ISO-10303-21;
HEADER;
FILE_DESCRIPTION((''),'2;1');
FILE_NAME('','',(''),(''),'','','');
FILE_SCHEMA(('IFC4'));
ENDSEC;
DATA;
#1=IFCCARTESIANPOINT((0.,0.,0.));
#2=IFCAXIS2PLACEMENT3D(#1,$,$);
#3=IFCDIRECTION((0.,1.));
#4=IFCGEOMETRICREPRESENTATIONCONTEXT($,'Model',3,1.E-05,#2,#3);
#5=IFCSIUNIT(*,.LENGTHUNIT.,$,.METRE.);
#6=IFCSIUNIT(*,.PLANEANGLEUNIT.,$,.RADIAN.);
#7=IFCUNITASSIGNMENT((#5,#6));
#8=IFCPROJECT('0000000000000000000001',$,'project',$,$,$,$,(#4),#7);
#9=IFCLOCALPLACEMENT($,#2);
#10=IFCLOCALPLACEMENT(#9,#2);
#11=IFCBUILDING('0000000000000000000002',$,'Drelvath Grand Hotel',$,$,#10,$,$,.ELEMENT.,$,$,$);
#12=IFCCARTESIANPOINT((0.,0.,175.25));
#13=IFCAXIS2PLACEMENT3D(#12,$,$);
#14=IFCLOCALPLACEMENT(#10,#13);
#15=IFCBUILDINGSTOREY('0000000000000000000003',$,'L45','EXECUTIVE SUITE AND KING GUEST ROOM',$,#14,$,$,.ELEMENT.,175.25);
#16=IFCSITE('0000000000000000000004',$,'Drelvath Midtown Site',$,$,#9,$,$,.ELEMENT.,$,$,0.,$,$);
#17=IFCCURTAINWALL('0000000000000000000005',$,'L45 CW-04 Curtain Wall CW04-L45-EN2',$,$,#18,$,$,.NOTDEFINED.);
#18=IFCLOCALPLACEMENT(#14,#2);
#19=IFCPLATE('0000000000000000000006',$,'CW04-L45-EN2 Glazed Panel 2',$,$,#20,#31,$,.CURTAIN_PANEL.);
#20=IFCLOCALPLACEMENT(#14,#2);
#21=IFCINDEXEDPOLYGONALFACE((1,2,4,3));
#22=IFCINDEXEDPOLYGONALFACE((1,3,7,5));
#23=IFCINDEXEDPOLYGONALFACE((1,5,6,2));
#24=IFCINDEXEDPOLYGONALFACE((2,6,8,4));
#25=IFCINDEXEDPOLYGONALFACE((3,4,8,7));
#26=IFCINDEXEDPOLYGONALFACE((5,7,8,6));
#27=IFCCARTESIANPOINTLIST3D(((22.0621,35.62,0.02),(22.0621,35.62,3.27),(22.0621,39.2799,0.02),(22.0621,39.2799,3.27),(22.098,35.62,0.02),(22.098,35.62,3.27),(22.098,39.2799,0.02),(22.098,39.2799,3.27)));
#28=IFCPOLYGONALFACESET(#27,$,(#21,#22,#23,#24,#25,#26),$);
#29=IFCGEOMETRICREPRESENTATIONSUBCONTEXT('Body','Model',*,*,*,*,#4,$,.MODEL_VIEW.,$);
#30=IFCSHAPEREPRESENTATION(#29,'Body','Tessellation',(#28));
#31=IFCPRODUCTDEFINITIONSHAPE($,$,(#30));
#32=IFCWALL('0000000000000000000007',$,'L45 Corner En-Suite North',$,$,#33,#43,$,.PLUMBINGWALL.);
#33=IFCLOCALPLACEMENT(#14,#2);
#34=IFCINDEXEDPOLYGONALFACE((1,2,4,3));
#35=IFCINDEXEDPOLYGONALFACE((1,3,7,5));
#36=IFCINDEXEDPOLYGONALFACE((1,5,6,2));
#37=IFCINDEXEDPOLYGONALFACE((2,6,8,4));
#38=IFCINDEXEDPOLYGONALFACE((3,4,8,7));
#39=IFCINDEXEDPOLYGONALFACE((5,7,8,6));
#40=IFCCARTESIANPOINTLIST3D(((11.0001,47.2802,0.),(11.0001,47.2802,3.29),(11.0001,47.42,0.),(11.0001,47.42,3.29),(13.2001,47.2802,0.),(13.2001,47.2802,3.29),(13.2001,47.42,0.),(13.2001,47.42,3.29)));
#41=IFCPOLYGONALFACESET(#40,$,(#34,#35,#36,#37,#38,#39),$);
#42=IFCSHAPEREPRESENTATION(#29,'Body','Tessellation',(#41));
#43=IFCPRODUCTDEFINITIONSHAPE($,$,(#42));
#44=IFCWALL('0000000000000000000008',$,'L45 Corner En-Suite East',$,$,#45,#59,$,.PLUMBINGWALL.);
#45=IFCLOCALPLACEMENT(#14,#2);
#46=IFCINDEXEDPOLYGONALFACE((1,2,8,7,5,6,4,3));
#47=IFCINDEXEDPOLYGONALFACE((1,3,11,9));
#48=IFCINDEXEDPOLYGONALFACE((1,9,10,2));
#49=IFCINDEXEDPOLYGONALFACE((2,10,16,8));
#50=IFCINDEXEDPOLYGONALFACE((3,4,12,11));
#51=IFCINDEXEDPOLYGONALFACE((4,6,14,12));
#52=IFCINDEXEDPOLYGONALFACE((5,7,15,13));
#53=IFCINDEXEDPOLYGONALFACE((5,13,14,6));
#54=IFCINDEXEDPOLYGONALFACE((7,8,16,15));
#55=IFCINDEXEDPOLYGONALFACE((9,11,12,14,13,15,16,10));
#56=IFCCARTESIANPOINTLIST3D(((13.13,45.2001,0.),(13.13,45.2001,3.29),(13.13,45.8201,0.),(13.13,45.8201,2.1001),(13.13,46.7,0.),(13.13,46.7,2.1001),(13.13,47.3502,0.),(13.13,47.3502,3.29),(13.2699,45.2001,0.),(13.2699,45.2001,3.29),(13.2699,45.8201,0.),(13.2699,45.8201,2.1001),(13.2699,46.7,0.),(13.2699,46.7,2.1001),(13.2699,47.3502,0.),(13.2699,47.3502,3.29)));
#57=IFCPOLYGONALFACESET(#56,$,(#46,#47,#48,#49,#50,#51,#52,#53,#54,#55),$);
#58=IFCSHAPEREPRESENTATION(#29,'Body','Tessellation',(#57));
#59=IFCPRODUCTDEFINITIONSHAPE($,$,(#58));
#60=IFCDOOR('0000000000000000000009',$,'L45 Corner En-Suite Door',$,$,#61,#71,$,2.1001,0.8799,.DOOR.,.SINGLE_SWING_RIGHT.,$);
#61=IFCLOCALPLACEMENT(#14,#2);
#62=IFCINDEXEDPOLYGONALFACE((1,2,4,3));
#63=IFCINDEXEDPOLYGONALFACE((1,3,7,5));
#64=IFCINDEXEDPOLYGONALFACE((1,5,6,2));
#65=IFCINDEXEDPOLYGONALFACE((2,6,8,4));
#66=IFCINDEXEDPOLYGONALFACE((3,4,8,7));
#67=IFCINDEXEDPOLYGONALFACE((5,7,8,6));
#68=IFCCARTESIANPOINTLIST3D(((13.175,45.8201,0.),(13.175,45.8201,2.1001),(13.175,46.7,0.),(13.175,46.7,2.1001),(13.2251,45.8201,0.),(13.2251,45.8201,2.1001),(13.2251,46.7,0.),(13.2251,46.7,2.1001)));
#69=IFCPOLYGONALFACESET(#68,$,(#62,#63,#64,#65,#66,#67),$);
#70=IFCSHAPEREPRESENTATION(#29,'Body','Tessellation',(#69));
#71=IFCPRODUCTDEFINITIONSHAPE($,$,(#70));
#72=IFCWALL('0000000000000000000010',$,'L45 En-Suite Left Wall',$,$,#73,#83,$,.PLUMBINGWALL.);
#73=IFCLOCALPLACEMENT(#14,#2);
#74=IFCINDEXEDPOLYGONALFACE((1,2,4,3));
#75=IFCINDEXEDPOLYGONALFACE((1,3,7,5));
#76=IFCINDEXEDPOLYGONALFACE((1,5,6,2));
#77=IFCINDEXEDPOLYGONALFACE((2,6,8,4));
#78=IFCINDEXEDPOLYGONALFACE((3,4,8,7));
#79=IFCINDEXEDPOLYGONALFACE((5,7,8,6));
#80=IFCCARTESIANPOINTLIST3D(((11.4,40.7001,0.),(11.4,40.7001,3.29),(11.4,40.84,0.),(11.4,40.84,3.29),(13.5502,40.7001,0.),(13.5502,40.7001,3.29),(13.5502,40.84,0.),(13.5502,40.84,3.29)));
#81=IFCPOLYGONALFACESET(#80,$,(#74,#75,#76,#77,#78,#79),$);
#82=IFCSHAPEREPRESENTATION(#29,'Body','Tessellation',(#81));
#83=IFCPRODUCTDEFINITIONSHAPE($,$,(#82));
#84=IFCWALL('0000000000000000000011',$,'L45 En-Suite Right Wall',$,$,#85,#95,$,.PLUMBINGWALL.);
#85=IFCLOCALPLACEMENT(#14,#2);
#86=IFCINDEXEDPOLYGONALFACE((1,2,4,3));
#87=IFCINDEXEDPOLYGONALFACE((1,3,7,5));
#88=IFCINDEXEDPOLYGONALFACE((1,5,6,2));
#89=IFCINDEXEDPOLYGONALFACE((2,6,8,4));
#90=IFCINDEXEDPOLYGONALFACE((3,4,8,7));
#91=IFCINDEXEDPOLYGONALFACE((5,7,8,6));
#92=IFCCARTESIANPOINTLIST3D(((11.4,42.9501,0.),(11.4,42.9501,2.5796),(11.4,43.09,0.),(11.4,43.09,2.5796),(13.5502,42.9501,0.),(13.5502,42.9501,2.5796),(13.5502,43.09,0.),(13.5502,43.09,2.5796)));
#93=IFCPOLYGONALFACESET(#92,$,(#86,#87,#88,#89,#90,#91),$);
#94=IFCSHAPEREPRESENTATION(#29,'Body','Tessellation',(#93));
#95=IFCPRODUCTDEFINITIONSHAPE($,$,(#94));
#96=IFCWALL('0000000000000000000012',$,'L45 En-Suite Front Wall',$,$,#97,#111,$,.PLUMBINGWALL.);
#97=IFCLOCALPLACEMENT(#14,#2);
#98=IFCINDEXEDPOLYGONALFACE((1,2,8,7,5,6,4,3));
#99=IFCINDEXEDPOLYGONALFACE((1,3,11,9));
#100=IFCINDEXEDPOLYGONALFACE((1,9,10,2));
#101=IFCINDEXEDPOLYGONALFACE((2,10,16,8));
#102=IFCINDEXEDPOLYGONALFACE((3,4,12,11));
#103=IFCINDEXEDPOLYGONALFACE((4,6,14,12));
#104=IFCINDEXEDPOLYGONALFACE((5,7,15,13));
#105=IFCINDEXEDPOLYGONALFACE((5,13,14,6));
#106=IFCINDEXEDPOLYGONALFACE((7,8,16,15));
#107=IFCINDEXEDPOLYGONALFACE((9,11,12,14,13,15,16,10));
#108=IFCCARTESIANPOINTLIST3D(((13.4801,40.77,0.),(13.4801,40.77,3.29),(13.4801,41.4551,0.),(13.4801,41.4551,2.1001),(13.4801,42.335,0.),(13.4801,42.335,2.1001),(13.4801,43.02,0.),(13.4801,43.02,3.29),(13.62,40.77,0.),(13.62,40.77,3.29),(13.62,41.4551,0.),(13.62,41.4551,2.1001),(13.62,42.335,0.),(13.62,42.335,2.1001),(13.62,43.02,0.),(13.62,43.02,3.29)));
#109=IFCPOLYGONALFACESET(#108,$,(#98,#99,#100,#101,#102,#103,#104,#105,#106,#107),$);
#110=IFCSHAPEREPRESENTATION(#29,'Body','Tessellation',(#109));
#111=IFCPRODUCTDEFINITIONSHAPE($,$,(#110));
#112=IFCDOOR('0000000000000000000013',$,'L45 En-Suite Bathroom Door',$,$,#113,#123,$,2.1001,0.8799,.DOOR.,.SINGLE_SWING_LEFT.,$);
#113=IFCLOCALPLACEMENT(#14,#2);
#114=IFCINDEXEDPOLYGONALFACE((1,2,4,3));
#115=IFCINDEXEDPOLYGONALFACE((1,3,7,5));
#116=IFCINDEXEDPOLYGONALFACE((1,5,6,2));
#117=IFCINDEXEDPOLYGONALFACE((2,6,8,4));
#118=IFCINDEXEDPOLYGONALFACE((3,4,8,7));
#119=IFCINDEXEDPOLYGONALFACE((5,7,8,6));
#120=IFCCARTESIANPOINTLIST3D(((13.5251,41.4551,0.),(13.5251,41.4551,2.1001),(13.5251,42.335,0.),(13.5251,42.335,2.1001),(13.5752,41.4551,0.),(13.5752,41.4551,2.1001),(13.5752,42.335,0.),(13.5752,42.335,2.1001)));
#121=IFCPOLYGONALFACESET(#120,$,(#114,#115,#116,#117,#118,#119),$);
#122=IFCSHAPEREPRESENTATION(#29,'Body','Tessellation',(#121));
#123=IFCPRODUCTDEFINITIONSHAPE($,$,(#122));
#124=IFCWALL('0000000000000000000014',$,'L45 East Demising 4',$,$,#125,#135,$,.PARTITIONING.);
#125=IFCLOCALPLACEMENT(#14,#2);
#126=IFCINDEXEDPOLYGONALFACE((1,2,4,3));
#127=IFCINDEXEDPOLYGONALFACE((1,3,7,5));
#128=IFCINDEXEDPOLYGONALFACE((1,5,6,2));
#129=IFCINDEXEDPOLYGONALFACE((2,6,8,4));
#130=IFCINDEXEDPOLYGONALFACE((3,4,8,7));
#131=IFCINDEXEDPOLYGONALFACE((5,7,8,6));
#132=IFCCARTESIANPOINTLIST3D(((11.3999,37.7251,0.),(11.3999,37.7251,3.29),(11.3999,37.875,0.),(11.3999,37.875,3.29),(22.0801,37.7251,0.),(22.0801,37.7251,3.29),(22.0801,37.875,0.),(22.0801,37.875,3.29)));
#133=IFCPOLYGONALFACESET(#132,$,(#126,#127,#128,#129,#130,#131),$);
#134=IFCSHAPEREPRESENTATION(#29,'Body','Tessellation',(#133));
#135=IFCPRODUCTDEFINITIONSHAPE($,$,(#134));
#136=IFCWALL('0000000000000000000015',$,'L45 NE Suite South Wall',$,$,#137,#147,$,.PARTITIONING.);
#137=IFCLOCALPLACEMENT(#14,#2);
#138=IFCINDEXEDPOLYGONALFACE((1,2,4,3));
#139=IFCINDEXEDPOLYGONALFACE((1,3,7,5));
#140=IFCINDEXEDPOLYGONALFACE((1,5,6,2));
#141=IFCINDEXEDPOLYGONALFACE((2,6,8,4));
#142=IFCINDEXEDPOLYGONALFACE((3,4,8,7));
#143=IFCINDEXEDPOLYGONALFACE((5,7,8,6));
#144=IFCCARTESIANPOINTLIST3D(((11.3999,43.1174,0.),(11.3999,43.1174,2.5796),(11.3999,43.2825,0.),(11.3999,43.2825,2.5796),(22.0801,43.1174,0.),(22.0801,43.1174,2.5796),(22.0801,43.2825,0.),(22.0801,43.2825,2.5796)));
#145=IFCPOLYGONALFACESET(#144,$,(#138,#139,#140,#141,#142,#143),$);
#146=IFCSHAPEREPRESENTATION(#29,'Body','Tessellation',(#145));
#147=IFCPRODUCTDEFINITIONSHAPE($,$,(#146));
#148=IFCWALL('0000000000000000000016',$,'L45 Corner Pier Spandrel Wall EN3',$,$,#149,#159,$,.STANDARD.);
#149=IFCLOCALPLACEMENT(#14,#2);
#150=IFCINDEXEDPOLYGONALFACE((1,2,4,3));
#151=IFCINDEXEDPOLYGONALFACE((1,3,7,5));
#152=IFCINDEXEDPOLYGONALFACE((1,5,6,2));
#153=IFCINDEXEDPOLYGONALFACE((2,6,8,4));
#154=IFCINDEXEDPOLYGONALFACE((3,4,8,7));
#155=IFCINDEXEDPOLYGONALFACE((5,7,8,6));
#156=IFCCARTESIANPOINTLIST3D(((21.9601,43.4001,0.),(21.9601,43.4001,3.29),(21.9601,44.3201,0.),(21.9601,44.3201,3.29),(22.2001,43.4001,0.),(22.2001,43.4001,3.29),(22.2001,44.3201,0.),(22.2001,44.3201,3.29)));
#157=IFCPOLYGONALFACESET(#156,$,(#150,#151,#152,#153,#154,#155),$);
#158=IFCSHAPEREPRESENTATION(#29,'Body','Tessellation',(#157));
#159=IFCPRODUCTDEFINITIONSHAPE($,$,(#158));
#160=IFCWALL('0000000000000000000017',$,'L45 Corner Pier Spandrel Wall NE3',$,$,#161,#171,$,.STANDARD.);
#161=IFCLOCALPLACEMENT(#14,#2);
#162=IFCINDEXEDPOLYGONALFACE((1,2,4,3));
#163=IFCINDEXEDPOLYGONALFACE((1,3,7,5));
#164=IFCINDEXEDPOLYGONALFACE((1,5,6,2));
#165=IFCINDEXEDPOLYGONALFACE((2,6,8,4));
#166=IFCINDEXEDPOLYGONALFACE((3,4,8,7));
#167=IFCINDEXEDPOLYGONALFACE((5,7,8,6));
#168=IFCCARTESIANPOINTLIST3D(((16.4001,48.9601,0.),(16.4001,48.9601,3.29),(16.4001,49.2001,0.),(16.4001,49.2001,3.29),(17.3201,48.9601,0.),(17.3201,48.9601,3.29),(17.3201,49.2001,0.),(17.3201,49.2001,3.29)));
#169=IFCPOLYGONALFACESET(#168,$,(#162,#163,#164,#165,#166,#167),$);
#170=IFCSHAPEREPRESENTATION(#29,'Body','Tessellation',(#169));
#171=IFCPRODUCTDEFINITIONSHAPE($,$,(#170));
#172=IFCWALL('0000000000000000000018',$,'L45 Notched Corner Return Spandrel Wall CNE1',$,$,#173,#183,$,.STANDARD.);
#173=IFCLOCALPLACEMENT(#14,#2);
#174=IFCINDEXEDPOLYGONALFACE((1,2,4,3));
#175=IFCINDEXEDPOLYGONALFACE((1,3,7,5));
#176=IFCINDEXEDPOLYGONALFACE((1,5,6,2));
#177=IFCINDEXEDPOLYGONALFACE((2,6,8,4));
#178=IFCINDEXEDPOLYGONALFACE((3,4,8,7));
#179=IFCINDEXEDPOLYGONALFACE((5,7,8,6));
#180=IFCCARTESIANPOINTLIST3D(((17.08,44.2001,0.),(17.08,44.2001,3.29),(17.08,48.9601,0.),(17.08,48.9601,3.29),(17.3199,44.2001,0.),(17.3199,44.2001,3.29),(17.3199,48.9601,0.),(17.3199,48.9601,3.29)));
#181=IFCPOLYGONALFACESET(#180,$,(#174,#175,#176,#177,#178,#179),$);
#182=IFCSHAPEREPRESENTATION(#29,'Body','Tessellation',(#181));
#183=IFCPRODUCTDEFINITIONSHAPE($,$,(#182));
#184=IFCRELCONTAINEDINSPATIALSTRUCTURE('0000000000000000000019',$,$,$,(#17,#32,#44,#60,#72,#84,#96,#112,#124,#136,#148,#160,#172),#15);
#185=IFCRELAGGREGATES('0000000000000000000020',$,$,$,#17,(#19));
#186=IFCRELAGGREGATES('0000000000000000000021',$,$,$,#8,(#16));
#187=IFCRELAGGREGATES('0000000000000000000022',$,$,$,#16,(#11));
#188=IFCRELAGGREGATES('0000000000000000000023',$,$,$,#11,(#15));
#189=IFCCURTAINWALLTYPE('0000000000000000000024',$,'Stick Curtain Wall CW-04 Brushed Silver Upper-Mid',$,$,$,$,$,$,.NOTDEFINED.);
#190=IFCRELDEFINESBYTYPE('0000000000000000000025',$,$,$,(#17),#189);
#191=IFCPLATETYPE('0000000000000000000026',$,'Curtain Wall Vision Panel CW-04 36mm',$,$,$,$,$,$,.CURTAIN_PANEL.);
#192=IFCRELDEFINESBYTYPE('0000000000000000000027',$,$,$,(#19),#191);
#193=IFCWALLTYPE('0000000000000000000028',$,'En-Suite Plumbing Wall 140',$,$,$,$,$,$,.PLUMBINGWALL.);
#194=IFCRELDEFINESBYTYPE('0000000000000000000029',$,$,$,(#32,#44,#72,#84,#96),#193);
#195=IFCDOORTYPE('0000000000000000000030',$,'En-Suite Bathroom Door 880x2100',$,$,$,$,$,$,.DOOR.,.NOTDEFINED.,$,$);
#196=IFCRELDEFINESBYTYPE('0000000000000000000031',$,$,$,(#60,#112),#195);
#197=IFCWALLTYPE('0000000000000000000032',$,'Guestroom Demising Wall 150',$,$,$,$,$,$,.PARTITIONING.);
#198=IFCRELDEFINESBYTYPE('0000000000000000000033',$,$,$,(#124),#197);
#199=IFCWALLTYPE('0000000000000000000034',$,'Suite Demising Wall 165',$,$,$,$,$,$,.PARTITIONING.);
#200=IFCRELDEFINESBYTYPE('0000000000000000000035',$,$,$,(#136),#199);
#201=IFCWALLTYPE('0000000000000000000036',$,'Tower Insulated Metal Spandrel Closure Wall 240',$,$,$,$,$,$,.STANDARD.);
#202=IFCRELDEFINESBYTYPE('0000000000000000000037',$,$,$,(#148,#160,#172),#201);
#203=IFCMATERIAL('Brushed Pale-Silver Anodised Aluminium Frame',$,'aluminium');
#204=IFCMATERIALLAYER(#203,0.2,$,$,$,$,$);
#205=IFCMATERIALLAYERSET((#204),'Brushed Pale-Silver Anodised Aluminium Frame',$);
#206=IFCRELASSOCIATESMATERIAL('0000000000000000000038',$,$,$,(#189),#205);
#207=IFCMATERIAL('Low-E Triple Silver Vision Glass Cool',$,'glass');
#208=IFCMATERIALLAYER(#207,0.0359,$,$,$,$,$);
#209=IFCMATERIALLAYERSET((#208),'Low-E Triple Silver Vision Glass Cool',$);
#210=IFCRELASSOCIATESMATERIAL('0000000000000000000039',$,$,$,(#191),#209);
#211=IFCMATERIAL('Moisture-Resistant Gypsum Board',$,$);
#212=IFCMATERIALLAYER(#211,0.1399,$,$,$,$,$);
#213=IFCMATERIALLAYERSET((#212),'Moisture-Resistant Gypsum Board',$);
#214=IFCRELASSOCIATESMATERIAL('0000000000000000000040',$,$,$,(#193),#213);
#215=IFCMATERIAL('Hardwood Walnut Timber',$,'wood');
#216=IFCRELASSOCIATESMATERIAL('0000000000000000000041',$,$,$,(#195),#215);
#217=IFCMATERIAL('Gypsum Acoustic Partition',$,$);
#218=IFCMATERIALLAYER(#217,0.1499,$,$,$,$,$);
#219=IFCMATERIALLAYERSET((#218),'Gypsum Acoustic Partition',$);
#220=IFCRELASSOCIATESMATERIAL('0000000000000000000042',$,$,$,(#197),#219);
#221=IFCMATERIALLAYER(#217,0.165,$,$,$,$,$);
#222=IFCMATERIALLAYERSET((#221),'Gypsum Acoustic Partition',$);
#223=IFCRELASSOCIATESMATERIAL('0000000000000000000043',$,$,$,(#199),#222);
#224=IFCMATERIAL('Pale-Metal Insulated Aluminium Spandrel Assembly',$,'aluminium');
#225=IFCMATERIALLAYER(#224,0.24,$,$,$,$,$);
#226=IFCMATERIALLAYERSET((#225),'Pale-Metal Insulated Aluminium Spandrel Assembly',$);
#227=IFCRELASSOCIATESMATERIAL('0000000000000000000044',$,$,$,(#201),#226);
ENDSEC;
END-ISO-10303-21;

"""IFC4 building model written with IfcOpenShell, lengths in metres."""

from ifc_helpers import new_model, si_unit, direction, frame, frame_2d, origin, origin_2d, place, context, subcontext, project, spatial, rectangle, extrude, material, layer, layer_set, type_object, element, fill, aggregate, save


model = new_model("IFC4")

# Units and contexts
model_context = context("Model", 3, precision=1e-05, world=origin(), true_north=direction((0.0, 1.0)))
body_context = subcontext(model_context, "Body", "Model", "MODEL_VIEW")
ifc_project = project(units=[si_unit("LENGTHUNIT", "METRE"), si_unit("PLANEANGLEUNIT", "RADIAN")], contexts=[model_context])

# Site, building, storey
site_placement = place(None, origin())
site = spatial("IfcSite", under=ifc_project, at=site_placement, Name="Drelvath Midtown Site", CompositionType="ELEMENT", RefElevation=0.0)
building_placement = place(site_placement, origin())
building = spatial("IfcBuilding", under=site, at=building_placement, Name="Drelvath Grand Hotel", CompositionType="ELEMENT")
storey_placement = place(building_placement, frame((0.0, 0.0, 175.25)))
storey = spatial("IfcBuildingStorey", under=building, at=storey_placement, Name="L45", Description="EXECUTIVE SUITE AND KING GUEST ROOM", CompositionType="ELEMENT", Elevation=175.25)

# Curtain wall
ifc_material_1 = material(Name="Brushed Pale-Silver Anodised Aluminium Frame", Category="aluminium")
ifc_layer_1 = layer(ifc_material_1, 0.2)
ifc_layer_set_1 = layer_set([ifc_layer_1], Name="Brushed Pale-Silver Anodised Aluminium Frame")
curtain_wall_type = type_object("IfcCurtainWallType", Name="Stick Curtain Wall CW-04 Brushed Silver Upper-Mid", PredefinedType="NOTDEFINED", material=ifc_layer_set_1)
curtain_wall_placement = place(storey_placement, origin())
curtain_wall = element("IfcCurtainWall", 1, at=curtain_wall_placement, inside=storey, type_object=curtain_wall_type, Name="L45 CW-04 Curtain Wall CW04-L45-EN2", PredefinedType="NOTDEFINED")

# Plate
ifc_material_2 = material(Name="Low-E Triple Silver Vision Glass Cool", Category="glass")
ifc_layer_2 = layer(ifc_material_2, 0.0359)
ifc_layer_set_2 = layer_set([ifc_layer_2], Name="Low-E Triple Silver Vision Glass Cool")
plate_type = type_object("IfcPlateType", Name="Curtain Wall Vision Panel CW-04 36mm", PredefinedType="CURTAIN_PANEL", material=ifc_layer_set_2)
plate_1_placement = place(storey_placement, frame((22.0801, 37.45, 0.02), z_axis=(0.0, 0.0, 1.0), x_axis=(0.0, -1.0, 0.0)))
plate_1 = element("IfcPlate", 2, at=plate_1_placement, type_object=plate_type, Name="CW04-L45-EN2 Glazed Panel 2", PredefinedType="CURTAIN_PANEL", context=body_context, shape_type="SweptSolid", body=[
    extrude(rectangle(XDim=3.6599, YDim=0.0359, at=origin_2d()), origin(), (0.0, 0.0, 1.0), 3.25),
])
aggregate(curtain_wall, [plate_1])

# Wall
ifc_material_3 = material(Name="Moisture-Resistant Gypsum Board")
ifc_layer_3 = layer(ifc_material_3, 0.1399)
ifc_layer_set_3 = layer_set([ifc_layer_3], Name="Moisture-Resistant Gypsum Board")
wall_type_1 = type_object("IfcWallType", Name="En-Suite Plumbing Wall 140", PredefinedType="PLUMBINGWALL", material=ifc_layer_set_3)
wall_1_placement = place(storey_placement, frame((11.0, 47.3501, 0.0), z_axis=(0.0, 0.0, 1.0), x_axis=(1.0, 0.0, 0.0)))
element("IfcWall", 3, at=wall_1_placement, inside=storey, type_object=wall_type_1, Name="L45 Corner En-Suite North", PredefinedType="PLUMBINGWALL", context=body_context, shape_type="SweptSolid", body=[
    extrude(rectangle(XDim=2.2, YDim=0.1399, at=frame_2d((1.1001, 0.0))), origin(), (0.0, 0.0, 1.0), 3.29),
])

# Wall, opening, door
wall_2_placement = place(storey_placement, frame((13.2, 45.2, 0.0), z_axis=(0.0, 0.0, 1.0), x_axis=(0.0, 1.0, 0.0)))
wall_2 = element("IfcWall", 4, at=wall_2_placement, inside=storey, type_object=wall_type_1, Name="L45 Corner En-Suite East", PredefinedType="PLUMBINGWALL", context=body_context, shape_type="SweptSolid", body=[
    extrude(rectangle(XDim=2.1501, YDim=0.1399, at=frame_2d((1.0752, 0.0))), origin(), (0.0, 0.0, 1.0), 3.29),
])
opening_1_placement = place(wall_2_placement, frame((0.6201, 0.0, 0.0)))
opening_1 = element("IfcOpeningElement", 5, at=opening_1_placement, cuts=wall_2, PredefinedType="OPENING", context=body_context, shape_type="SweptSolid", body=[
    extrude(rectangle(XDim=0.8799, YDim=2.1001, at=frame_2d((0.4399, 1.05))), frame((0.0, 0.0798, 0.0), z_axis=(0.0, -1.0, 0.0), x_axis=(1.0, 0.0, 0.0)), (0.0, 0.0, 1.0), 0.1599),
])
ifc_material_4 = material(Name="Hardwood Walnut Timber", Category="wood")
door_type = type_object("IfcDoorType", Name="En-Suite Bathroom Door 880x2100", OperationType="NOTDEFINED", PredefinedType="DOOR", material=ifc_material_4)
door_1_placement = place(opening_1_placement, origin())
door_1 = element("IfcDoor", 6, at=door_1_placement, inside=storey, type_object=door_type, Name="L45 Corner En-Suite Door", OperationType="SINGLE_SWING_RIGHT", OverallHeight=2.1001, OverallWidth=0.8799, PredefinedType="DOOR", context=body_context, shape_type="SweptSolid", body=[
    extrude(rectangle(XDim=0.8799, YDim=2.1001, at=frame_2d((0.4399, 1.05))), frame((0.0, 0.0249, 0.0), z_axis=(0.0, -1.0, 0.0), x_axis=(1.0, 0.0, 0.0)), (0.0, 0.0, 1.0), 0.05),
])
fill(opening_1, door_1)

# Walls
wall_3_placement = place(storey_placement, frame((11.3999, 40.77, 0.0), z_axis=(0.0, 0.0, 1.0), x_axis=(1.0, 0.0, 0.0)))
element("IfcWall", 7, at=wall_3_placement, inside=storey, type_object=wall_type_1, Name="L45 En-Suite Left Wall", PredefinedType="PLUMBINGWALL", context=body_context, shape_type="SweptSolid", body=[
    extrude(rectangle(XDim=2.1501, YDim=0.1399, at=frame_2d((1.0752, 0.0))), origin(), (0.0, 0.0, 1.0), 3.29),
])
wall_4_placement = place(storey_placement, frame((11.3999, 43.02, 0.0), z_axis=(0.0, 0.0, 1.0), x_axis=(1.0, 0.0, 0.0)))
element("IfcWall", 8, at=wall_4_placement, inside=storey, type_object=wall_type_1, Name="L45 En-Suite Right Wall", PredefinedType="PLUMBINGWALL", context=body_context, shape_type="SweptSolid", body=[
    extrude(rectangle(XDim=2.1501, YDim=0.1399, at=frame_2d((1.0752, 0.0))), origin(), (0.0, 0.0, 1.0), 2.5796),
])

# Wall, opening, door
wall_5_placement = place(storey_placement, frame((13.55, 40.77, 0.0), z_axis=(0.0, 0.0, 1.0), x_axis=(0.0, 1.0, 0.0)))
wall_5 = element("IfcWall", 9, at=wall_5_placement, inside=storey, type_object=wall_type_1, Name="L45 En-Suite Front Wall", PredefinedType="PLUMBINGWALL", context=body_context, shape_type="SweptSolid", body=[
    extrude(rectangle(XDim=2.25, YDim=0.1399, at=frame_2d((1.125, 0.0))), origin(), (0.0, 0.0, 1.0), 3.29),
])
opening_2_placement = place(wall_5_placement, frame((0.6851, 0.0, 0.0)))
opening_2 = element("IfcOpeningElement", 10, at=opening_2_placement, cuts=wall_5, PredefinedType="OPENING", context=body_context, shape_type="SweptSolid", body=[
    extrude(rectangle(XDim=0.8799, YDim=2.1001, at=frame_2d((0.4399, 1.05))), frame((0.0, 0.0798, 0.0), z_axis=(0.0, -1.0, 0.0), x_axis=(1.0, 0.0, 0.0)), (0.0, 0.0, 1.0), 0.1599),
])
door_2_placement = place(opening_2_placement, origin())
door_2 = element("IfcDoor", 11, at=door_2_placement, inside=storey, type_object=door_type, Name="L45 En-Suite Bathroom Door", OperationType="SINGLE_SWING_LEFT", OverallHeight=2.1001, OverallWidth=0.8799, PredefinedType="DOOR", context=body_context, shape_type="SweptSolid", body=[
    extrude(rectangle(XDim=0.8799, YDim=2.1001, at=frame_2d((0.4399, 1.05))), frame((0.0, 0.0249, 0.0), z_axis=(0.0, -1.0, 0.0), x_axis=(1.0, 0.0, 0.0)), (0.0, 0.0, 1.0), 0.05),
])
fill(opening_2, door_2)

# Walls
ifc_material_5 = material(Name="Gypsum Acoustic Partition")
ifc_layer_4 = layer(ifc_material_5, 0.1499)
ifc_layer_set_4 = layer_set([ifc_layer_4], Name="Gypsum Acoustic Partition")
wall_type_2 = type_object("IfcWallType", Name="Guestroom Demising Wall 150", PredefinedType="PARTITIONING", material=ifc_layer_set_4)
wall_6_placement = place(storey_placement, frame((11.3999, 37.8, 0.0), z_axis=(0.0, 0.0, 1.0), x_axis=(1.0, 0.0, 0.0)))
element("IfcWall", 12, at=wall_6_placement, inside=storey, type_object=wall_type_2, Name="L45 East Demising 4", PredefinedType="PARTITIONING", context=body_context, shape_type="SweptSolid", body=[
    extrude(rectangle(XDim=10.6802, YDim=0.1499, at=frame_2d((5.3401, 0.0))), origin(), (0.0, 0.0, 1.0), 3.29),
])
ifc_layer_5 = layer(ifc_material_5, 0.165)
ifc_layer_set_5 = layer_set([ifc_layer_5], Name="Gypsum Acoustic Partition")
wall_type_3 = type_object("IfcWallType", Name="Suite Demising Wall 165", PredefinedType="PARTITIONING", material=ifc_layer_set_5)
wall_7_placement = place(storey_placement, frame((11.3999, 43.2, 0.0), z_axis=(0.0, 0.0, 1.0), x_axis=(1.0, 0.0, 0.0)))
element("IfcWall", 13, at=wall_7_placement, inside=storey, type_object=wall_type_3, Name="L45 NE Suite South Wall", PredefinedType="PARTITIONING", context=body_context, shape_type="SweptSolid", body=[
    extrude(rectangle(XDim=10.6802, YDim=0.165, at=frame_2d((5.3401, 0.0))), origin(), (0.0, 0.0, 1.0), 2.5796),
])
ifc_material_6 = material(Name="Pale-Metal Insulated Aluminium Spandrel Assembly", Category="aluminium")
ifc_layer_6 = layer(ifc_material_6, 0.24)
ifc_layer_set_6 = layer_set([ifc_layer_6], Name="Pale-Metal Insulated Aluminium Spandrel Assembly")
wall_type_4 = type_object("IfcWallType", Name="Tower Insulated Metal Spandrel Closure Wall 240", PredefinedType="STANDARD", material=ifc_layer_set_6)
for number, where, z_axis, x_axis, name in (
    (14, (22.0801, 44.3201, 0.0), (0.0, 0.0, 1.0), (0.0, -1.0, 0.0), "L45 Corner Pier Spandrel Wall EN3"),
    (15, (16.4001, 49.0801, 0.0), (0.0, 0.0, 1.0), (1.0, 0.0, 0.0), "L45 Corner Pier Spandrel Wall NE3"),
):
    element("IfcWall", number, at=place(storey_placement, frame(where, z_axis=z_axis, x_axis=x_axis)), inside=storey, type_object=wall_type_4, Name=name, PredefinedType="STANDARD", context=body_context, shape_type="SweptSolid", body=[
        extrude(rectangle(XDim=0.9199, YDim=0.24, at=frame_2d((0.46, 0.0))), origin(), (0.0, 0.0, 1.0), 3.29),
    ])
for number, where, z_axis, x_axis, name in (
    (16, (17.2, 48.96, 0.0), (0.0, 0.0, 1.0), (0.0, -1.0, 0.0), "L45 Notched Corner Return Spandrel Wall CNE1"),
):
    element("IfcWall", number, at=place(storey_placement, frame(where, z_axis=z_axis, x_axis=x_axis)), inside=storey, type_object=wall_type_4, Name=name, PredefinedType="STANDARD", context=body_context, shape_type="SweptSolid", body=[
        extrude(rectangle(XDim=4.76, YDim=0.24, at=frame_2d((2.3799, 0.0))), origin(), (0.0, 0.0, 1.0), 3.29),
    ])

save(model, "model.ifc")
